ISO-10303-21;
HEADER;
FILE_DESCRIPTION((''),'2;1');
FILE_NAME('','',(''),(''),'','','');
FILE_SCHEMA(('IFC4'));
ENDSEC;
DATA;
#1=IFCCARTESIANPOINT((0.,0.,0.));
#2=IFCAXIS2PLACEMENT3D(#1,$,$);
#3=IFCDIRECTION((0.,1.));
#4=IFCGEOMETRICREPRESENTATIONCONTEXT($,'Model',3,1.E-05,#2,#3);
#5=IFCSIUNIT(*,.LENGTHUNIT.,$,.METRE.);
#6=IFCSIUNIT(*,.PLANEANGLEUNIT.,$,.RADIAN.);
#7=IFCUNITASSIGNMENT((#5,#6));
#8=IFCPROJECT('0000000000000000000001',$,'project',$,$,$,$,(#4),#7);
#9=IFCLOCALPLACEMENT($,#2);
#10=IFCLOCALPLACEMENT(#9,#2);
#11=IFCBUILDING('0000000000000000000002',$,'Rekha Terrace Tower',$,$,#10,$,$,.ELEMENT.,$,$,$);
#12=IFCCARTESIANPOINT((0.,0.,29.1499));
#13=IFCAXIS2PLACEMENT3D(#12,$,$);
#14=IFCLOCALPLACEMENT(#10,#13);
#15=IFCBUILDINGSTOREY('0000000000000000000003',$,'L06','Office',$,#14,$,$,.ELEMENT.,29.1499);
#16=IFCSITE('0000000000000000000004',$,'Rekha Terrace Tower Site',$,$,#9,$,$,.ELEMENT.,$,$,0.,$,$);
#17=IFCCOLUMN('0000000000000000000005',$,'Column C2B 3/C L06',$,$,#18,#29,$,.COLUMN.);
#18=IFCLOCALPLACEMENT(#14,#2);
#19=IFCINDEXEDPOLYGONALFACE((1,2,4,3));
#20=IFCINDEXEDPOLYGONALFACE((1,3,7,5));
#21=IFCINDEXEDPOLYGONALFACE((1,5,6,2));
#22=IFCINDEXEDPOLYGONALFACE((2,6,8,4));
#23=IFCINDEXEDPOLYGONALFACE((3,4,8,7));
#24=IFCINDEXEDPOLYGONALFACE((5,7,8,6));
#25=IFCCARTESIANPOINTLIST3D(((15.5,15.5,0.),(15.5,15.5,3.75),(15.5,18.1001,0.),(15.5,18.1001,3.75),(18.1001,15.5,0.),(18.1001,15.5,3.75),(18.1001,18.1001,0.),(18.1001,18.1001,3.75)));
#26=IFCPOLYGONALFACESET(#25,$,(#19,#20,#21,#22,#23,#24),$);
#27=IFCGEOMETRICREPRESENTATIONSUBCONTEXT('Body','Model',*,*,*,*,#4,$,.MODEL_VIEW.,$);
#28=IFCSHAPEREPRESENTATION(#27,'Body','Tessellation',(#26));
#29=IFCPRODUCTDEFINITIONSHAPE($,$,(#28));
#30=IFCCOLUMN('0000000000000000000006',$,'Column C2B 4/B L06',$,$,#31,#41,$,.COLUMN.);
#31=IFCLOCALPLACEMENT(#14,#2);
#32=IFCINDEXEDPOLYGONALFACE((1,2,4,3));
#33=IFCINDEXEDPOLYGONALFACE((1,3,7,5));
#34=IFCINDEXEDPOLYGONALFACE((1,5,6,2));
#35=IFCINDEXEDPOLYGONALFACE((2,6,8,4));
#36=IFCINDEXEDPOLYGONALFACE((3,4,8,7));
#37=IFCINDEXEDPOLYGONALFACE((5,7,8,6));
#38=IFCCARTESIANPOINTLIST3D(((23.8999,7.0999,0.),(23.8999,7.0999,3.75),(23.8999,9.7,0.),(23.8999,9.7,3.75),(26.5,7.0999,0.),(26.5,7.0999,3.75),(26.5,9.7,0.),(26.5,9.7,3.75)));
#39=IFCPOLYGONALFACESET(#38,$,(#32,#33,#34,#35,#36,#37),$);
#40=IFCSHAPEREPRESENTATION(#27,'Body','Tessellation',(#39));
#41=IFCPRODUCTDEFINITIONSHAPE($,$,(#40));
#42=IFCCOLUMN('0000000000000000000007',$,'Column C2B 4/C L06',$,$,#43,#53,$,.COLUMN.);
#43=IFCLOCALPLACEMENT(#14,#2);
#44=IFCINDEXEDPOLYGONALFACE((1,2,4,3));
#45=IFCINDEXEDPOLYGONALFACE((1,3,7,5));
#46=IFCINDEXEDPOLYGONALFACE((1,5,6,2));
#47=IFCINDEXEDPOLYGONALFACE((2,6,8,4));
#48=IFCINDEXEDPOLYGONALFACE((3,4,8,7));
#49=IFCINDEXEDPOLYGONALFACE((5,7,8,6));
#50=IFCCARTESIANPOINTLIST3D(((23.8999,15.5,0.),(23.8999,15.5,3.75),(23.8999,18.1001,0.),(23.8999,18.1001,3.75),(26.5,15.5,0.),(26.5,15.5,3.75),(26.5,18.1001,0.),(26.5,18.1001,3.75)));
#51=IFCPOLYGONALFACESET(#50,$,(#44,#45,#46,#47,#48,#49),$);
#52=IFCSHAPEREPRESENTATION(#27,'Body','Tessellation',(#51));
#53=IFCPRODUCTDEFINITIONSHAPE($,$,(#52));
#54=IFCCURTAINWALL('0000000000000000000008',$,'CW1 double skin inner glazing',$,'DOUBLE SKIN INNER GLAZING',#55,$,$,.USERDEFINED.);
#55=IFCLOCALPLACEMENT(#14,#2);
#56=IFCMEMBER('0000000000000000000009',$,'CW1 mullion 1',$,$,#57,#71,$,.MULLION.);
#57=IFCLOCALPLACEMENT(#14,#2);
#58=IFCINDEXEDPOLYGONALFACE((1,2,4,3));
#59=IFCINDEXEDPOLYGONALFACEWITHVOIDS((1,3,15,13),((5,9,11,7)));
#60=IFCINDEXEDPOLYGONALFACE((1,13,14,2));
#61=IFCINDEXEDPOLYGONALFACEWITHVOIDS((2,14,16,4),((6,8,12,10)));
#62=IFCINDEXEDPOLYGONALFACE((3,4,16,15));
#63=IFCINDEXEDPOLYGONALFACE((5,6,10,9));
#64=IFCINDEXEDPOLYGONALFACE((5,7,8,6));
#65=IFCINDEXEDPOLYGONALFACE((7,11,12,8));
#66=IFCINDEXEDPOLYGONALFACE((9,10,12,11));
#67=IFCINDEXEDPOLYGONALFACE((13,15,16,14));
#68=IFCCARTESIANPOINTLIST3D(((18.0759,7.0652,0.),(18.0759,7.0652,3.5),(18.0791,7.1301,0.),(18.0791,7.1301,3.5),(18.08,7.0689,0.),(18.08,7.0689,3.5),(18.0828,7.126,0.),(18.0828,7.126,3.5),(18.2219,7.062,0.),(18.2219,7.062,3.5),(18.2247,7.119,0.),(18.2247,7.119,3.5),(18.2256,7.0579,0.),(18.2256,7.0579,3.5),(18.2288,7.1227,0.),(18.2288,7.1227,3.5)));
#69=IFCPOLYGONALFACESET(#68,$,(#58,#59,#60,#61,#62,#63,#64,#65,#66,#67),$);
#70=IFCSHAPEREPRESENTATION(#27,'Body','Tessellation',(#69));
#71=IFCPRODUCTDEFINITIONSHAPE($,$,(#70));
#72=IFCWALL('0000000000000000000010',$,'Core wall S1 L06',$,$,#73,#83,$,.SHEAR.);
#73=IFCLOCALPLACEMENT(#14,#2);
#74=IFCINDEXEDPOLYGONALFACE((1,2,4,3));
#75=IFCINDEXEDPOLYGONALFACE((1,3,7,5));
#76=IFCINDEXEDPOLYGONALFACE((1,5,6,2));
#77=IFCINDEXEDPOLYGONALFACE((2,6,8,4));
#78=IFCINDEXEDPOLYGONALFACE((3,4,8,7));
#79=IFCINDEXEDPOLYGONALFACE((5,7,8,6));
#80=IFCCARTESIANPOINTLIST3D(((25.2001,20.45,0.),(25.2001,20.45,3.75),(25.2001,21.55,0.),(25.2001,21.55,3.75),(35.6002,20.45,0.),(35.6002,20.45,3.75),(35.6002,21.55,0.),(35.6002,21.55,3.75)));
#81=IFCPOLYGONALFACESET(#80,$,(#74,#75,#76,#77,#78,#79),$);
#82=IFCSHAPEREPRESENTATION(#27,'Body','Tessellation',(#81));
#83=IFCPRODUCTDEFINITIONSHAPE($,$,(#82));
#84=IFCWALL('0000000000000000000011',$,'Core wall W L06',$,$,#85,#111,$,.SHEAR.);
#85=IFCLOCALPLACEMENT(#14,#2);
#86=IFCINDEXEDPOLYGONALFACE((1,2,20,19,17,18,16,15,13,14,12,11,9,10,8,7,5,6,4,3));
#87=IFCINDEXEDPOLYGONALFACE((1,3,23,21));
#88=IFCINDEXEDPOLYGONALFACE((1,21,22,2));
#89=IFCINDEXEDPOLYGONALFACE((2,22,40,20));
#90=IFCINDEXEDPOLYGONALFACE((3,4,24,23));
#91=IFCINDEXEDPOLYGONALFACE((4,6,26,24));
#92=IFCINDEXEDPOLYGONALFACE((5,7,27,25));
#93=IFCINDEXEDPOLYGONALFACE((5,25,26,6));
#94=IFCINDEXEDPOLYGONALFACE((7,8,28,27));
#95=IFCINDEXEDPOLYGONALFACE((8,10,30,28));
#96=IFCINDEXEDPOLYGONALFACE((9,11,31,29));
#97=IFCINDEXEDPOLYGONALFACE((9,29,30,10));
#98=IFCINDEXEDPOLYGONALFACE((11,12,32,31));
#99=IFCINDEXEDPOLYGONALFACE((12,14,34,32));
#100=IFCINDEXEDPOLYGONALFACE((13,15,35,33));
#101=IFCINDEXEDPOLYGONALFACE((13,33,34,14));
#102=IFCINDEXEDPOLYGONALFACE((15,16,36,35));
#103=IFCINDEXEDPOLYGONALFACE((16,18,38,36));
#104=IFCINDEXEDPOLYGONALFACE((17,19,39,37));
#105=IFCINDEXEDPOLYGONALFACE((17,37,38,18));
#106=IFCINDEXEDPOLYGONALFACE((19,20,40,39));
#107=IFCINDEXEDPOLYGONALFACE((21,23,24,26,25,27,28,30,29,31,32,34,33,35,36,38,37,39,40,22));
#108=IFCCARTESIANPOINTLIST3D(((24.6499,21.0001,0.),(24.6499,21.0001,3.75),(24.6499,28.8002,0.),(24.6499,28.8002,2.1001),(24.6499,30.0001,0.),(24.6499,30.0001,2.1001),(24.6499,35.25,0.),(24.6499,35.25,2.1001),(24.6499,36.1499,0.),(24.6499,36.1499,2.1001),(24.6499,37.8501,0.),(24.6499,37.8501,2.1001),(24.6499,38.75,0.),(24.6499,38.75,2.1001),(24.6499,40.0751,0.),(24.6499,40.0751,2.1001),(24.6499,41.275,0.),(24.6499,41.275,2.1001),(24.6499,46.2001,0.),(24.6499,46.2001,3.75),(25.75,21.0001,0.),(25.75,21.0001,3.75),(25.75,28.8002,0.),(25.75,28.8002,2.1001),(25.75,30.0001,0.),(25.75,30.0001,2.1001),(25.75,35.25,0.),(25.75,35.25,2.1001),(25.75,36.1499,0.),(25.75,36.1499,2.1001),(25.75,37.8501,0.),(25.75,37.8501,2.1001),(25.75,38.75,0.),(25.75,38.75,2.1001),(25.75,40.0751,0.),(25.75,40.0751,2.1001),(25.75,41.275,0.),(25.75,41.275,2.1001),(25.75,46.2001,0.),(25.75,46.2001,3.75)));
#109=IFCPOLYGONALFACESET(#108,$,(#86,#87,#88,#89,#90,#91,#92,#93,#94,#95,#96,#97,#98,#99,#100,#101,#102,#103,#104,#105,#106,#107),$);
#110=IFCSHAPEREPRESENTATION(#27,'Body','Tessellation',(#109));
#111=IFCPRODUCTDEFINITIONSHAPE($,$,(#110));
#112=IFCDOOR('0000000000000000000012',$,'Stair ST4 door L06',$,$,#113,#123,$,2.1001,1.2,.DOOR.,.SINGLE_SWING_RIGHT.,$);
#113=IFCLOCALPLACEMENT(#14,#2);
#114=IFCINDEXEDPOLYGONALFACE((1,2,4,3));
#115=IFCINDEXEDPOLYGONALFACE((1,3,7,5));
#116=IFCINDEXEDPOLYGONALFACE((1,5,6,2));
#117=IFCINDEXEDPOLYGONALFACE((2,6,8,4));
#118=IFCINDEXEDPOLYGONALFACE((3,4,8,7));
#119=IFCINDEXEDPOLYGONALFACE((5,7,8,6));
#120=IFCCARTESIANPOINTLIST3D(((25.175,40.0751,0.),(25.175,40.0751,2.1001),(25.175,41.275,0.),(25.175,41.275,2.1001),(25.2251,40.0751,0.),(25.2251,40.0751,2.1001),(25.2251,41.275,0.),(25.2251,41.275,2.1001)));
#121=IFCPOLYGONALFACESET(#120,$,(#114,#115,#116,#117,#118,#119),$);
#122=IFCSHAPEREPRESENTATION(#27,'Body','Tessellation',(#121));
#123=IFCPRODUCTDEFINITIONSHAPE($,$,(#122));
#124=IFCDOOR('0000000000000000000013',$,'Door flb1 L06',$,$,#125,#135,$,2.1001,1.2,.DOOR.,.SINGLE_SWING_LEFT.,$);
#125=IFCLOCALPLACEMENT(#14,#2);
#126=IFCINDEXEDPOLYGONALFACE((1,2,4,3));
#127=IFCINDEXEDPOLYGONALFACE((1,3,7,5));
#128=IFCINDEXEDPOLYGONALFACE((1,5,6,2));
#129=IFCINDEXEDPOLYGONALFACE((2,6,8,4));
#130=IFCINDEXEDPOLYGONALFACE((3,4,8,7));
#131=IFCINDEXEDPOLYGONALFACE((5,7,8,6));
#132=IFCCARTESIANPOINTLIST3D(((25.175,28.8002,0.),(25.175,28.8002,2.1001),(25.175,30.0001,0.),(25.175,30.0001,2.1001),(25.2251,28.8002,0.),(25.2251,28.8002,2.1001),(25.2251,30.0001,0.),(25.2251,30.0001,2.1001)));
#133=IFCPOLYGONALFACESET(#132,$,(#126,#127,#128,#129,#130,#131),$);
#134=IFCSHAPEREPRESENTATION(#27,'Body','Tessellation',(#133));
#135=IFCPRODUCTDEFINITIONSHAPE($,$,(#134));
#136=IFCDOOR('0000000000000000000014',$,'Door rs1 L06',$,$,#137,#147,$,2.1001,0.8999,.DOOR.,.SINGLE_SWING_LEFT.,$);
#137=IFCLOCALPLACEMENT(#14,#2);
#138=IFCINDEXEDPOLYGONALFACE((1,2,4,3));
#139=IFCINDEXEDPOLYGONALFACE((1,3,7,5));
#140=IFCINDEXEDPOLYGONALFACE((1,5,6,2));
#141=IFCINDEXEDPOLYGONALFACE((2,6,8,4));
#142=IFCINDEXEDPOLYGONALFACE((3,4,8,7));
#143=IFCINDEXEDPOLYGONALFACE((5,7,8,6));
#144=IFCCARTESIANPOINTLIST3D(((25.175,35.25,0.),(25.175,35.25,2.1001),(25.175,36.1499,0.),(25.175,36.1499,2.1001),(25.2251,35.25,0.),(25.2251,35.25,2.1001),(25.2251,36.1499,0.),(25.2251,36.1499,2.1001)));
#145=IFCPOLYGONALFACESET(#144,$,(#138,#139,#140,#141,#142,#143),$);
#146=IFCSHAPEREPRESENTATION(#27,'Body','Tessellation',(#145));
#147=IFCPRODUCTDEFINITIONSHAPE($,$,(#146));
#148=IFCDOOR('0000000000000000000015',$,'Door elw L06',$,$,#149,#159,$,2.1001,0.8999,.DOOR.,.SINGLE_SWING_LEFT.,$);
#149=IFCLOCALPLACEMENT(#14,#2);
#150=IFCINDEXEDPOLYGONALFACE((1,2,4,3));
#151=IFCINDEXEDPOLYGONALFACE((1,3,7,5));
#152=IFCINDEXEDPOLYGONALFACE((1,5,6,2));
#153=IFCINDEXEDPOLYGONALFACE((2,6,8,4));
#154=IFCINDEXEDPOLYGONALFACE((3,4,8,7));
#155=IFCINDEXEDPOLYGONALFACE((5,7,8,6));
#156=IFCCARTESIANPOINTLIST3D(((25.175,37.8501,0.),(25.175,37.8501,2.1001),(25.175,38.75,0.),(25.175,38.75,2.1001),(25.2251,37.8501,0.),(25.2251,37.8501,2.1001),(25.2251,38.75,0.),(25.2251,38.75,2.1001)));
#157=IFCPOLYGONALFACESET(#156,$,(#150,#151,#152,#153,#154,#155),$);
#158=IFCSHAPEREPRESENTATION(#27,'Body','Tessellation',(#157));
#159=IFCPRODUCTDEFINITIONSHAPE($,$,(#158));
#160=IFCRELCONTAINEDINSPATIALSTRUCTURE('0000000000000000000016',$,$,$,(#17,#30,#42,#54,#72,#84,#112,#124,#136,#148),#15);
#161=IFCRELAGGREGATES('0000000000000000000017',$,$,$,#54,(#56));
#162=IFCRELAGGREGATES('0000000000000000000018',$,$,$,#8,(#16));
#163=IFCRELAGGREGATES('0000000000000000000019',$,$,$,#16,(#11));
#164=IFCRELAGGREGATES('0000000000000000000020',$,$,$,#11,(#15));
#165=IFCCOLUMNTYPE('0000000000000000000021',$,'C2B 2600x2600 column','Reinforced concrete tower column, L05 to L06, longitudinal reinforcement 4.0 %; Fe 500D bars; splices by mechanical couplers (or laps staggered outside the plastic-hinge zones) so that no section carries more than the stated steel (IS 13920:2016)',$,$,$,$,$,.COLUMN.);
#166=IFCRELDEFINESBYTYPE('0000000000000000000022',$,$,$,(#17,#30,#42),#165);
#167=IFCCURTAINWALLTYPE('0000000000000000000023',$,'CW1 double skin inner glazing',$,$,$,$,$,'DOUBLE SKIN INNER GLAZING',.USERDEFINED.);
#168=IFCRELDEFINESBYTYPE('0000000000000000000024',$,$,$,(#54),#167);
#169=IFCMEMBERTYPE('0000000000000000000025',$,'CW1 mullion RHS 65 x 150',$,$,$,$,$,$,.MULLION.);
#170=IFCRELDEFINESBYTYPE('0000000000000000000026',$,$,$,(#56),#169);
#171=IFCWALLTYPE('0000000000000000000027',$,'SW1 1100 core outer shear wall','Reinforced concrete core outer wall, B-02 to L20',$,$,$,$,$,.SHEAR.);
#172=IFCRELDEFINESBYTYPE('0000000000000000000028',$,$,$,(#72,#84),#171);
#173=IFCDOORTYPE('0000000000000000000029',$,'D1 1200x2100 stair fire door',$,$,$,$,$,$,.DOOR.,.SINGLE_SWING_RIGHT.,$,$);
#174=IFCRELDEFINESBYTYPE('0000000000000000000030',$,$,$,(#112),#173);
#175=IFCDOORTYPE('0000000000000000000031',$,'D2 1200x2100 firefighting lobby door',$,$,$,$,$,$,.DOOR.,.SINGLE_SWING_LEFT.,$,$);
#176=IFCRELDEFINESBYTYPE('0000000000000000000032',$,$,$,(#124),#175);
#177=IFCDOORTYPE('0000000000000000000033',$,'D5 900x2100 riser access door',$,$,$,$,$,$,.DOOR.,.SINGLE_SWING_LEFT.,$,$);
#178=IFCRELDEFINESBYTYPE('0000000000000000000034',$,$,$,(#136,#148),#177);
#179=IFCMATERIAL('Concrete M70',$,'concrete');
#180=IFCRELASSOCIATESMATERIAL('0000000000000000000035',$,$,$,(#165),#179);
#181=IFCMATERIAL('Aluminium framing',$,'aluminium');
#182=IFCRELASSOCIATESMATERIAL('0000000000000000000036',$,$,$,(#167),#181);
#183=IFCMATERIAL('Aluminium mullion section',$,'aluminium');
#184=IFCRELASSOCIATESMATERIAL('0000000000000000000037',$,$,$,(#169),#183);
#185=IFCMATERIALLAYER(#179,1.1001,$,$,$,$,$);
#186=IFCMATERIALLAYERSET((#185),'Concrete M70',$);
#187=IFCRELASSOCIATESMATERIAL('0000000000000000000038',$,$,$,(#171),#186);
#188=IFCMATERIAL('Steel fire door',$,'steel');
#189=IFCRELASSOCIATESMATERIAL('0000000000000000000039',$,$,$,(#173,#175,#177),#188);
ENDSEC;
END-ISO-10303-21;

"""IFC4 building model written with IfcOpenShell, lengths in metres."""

from ifc_helpers import new_model, si_unit, direction, frame, frame_2d, origin, origin_2d, place, context, subcontext, project, spatial, rectangle, hollow_rectangle, extrude, material, layer, layer_set, material_profile, profile_set, type_object, element, fill, aggregate, save


model = new_model("IFC4")

# Units and contexts
model_context = context("Model", 3, precision=1e-05, world=origin(), true_north=direction((0.0, 1.0)))
body_context = subcontext(model_context, "Body", "Model", "MODEL_VIEW")
ifc_project = project(units=[si_unit("LENGTHUNIT", "METRE"), si_unit("PLANEANGLEUNIT", "RADIAN")], contexts=[model_context])

# Site, building, storey
site_placement = place(None, origin())
site = spatial("IfcSite", under=ifc_project, at=site_placement, Name="Rekha Terrace Tower Site", CompositionType="ELEMENT", RefElevation=0.0)
building_placement = place(site_placement, origin())
building = spatial("IfcBuilding", under=site, at=building_placement, Name="Rekha Terrace Tower", CompositionType="ELEMENT")
storey_placement = place(building_placement, frame((0.0, 0.0, 29.1499)))
storey = spatial("IfcBuildingStorey", under=building, at=storey_placement, Name="L06", Description="Office", CompositionType="ELEMENT", Elevation=29.1499)

# Columns
ifc_material_1 = material(Name="Concrete M70", Category="concrete")
ifc_material_profile_1 = material_profile(ifc_material_1, rectangle(XDim=2.6001, YDim=2.6001, at=origin_2d()), Name="RC 2600x2600")
ifc_profile_set_1 = profile_set([ifc_material_profile_1], Name="Concrete M70")
column_type = type_object("IfcColumnType", Name="C2B 2600x2600 column", Description="Reinforced concrete tower column, L05 to L06, longitudinal reinforcement 4.0 %; Fe 500D bars; splices by mechanical couplers (or laps staggered outside the plastic-hinge zones) so that no section carries more than the stated steel (IS 13920:2016)", PredefinedType="COLUMN", material=ifc_profile_set_1)
for number, where, z_axis, x_axis, name in (
    (1, (16.8, 16.8, 0.0), (0.0, 0.0, 1.0), (1.0, 0.0, 0.0), "Column C2B 3/C L06"),
    (2, (25.2, 8.3999, 0.0), (0.0, 0.0, 1.0), (1.0, 0.0, 0.0), "Column C2B 4/B L06"),
    (3, (25.2, 16.8, 0.0), (0.0, 0.0, 1.0), (1.0, 0.0, 0.0), "Column C2B 4/C L06"),
):
    element("IfcColumn", number, at=place(storey_placement, frame(where, z_axis=z_axis, x_axis=x_axis)), inside=storey, type_object=column_type, Name=name, PredefinedType="COLUMN", context=body_context, shape_type="SweptSolid", body=[
        extrude(rectangle(XDim=2.6001, YDim=2.6001, at=origin_2d()), origin(), (0.0, 0.0, 1.0), 3.75),
    ])

# Curtain wall, member
ifc_material_2 = material(Name="Aluminium framing", Category="aluminium")
curtain_wall_type = type_object("IfcCurtainWallType", Name="CW1 double skin inner glazing", ElementType="DOUBLE SKIN INNER GLAZING", PredefinedType="USERDEFINED", material=ifc_material_2)
curtain_wall_placement = place(storey_placement, origin())
curtain_wall = element("IfcCurtainWall", 4, at=curtain_wall_placement, inside=storey, type_object=curtain_wall_type, Name="CW1 double skin inner glazing", ObjectType="DOUBLE SKIN INNER GLAZING", PredefinedType="USERDEFINED")
ifc_material_3 = material(Name="Aluminium mullion section", Category="aluminium")
ifc_material_profile_2 = material_profile(ifc_material_3, hollow_rectangle(XDim=0.0649, YDim=0.1499, WallThickness=0.0039, at=origin_2d()), Name="AL RHS 65x150")
ifc_profile_set_2 = profile_set([ifc_material_profile_2], Name="Aluminium mullion section")
member_type = type_object("IfcMemberType", Name="CW1 mullion RHS 65 x 150", PredefinedType="MULLION", material=ifc_profile_set_2)
member_placement = place(storey_placement, frame((18.1523, 7.094, 0.0), z_axis=(0.0, 0.0, 1.0), x_axis=(0.049052, 0.998796, 0.0)))
member = element("IfcMember", 5, at=member_placement, type_object=member_type, Name="CW1 mullion 1", PredefinedType="MULLION", context=body_context, shape_type="SweptSolid", body=[
    extrude(hollow_rectangle(XDim=0.0649, YDim=0.1499, WallThickness=0.0039, at=origin_2d()), origin(), (0.0, 0.0, 1.0), 3.5),
])
aggregate(curtain_wall, [member])

# Wall
ifc_layer_1 = layer(ifc_material_1, 1.1001)
ifc_layer_set_1 = layer_set([ifc_layer_1], Name="Concrete M70")
wall_type_1 = type_object("IfcWallType", Name="SW1 1100 core outer shear wall", Description="Reinforced concrete core outer wall, B-02 to L20", PredefinedType="SHEAR", material=ifc_layer_set_1)
wall_1_placement = place(storey_placement, frame((25.2, 21.0, 0.0), z_axis=(0.0, 0.0, 1.0), x_axis=(1.0, 0.0, 0.0)))
element("IfcWall", 6, at=wall_1_placement, inside=storey, type_object=wall_type_1, Name="Core wall S1 L06", PredefinedType="SHEAR", context=body_context, shape_type="SweptSolid", body=[
    extrude(rectangle(XDim=10.4001, YDim=1.1001, at=frame_2d((5.2002, 0.0))), origin(), (0.0, 0.0, 1.0), 3.75),
])

# Wall, openings, doors
wall_2_placement = place(storey_placement, frame((25.2, 21.0, 0.0), z_axis=(0.0, 0.0, 1.0), x_axis=(0.0, 1.0, 0.0)))
wall_2 = element("IfcWall", 7, at=wall_2_placement, inside=storey, type_object=wall_type_1, Name="Core wall W L06", PredefinedType="SHEAR", context=body_context, shape_type="SweptSolid", body=[
    extrude(rectangle(XDim=25.2, YDim=1.1001, at=frame_2d((12.6001, 0.0))), origin(), (0.0, 0.0, 1.0), 3.75),
])
opening_1_placement = place(wall_2_placement, frame((7.8, 0.0, 0.0)))
opening_1 = element("IfcOpeningElement", 8, at=opening_1_placement, cuts=wall_2, PredefinedType="OPENING", context=body_context, shape_type="SweptSolid", body=[
    extrude(rectangle(XDim=1.2, YDim=2.1001, at=frame_2d((0.6001, 1.05))), frame((0.0, 0.5601, 0.0), z_axis=(0.0, -1.0, 0.0), x_axis=(1.0, 0.0, 0.0)), (0.0, 0.0, 1.0), 1.1201),
])
opening_2_placement = place(wall_2_placement, frame((14.25, 0.0, 0.0)))
opening_2 = element("IfcOpeningElement", 9, at=opening_2_placement, cuts=wall_2, PredefinedType="OPENING", context=body_context, shape_type="SweptSolid", body=[
    extrude(rectangle(XDim=0.8999, YDim=2.1001, at=frame_2d((0.45, 1.05))), frame((0.0, 0.5601, 0.0), z_axis=(0.0, -1.0, 0.0), x_axis=(1.0, 0.0, 0.0)), (0.0, 0.0, 1.0), 1.1201),
])
opening_3_placement = place(wall_2_placement, frame((16.8501, 0.0, 0.0)))
opening_3 = element("IfcOpeningElement", 10, at=opening_3_placement, cuts=wall_2, PredefinedType="OPENING", context=body_context, shape_type="SweptSolid", body=[
    extrude(rectangle(XDim=0.8999, YDim=2.1001, at=frame_2d((0.45, 1.05))), frame((0.0, 0.5601, 0.0), z_axis=(0.0, -1.0, 0.0), x_axis=(1.0, 0.0, 0.0)), (0.0, 0.0, 1.0), 1.1201),
])
opening_4_placement = place(wall_2_placement, frame((19.075, 0.0, 0.0)))
opening_4 = element("IfcOpeningElement", 11, at=opening_4_placement, cuts=wall_2, PredefinedType="OPENING", context=body_context, shape_type="SweptSolid", body=[
    extrude(rectangle(XDim=1.2, YDim=2.1001, at=frame_2d((0.6001, 1.05))), frame((0.0, 0.5601, 0.0), z_axis=(0.0, -1.0, 0.0), x_axis=(1.0, 0.0, 0.0)), (0.0, 0.0, 1.0), 1.1201),
])
ifc_material_4 = material(Name="Steel fire door", Category="steel")
door_type_1 = type_object("IfcDoorType", Name="D1 1200x2100 stair fire door", OperationType="SINGLE_SWING_RIGHT", PredefinedType="DOOR", material=ifc_material_4)
door_1_placement = place(opening_4_placement, origin())
door_1 = element("IfcDoor", 12, at=door_1_placement, inside=storey, type_object=door_type_1, Name="Stair ST4 door L06", OperationType="SINGLE_SWING_RIGHT", OverallHeight=2.1001, OverallWidth=1.2, PredefinedType="DOOR", context=body_context, shape_type="SweptSolid", body=[
    extrude(rectangle(XDim=1.2, YDim=2.1001, at=frame_2d((0.6001, 1.05))), frame((0.0, 0.0249, 0.0), z_axis=(0.0, -1.0, 0.0), x_axis=(1.0, 0.0, 0.0)), (0.0, 0.0, 1.0), 0.05),
])
fill(opening_4, door_1)
door_type_2 = type_object("IfcDoorType", Name="D2 1200x2100 firefighting lobby door", OperationType="SINGLE_SWING_LEFT", PredefinedType="DOOR", material=ifc_material_4)
door_2_placement = place(opening_1_placement, origin())
door_2 = element("IfcDoor", 13, at=door_2_placement, inside=storey, type_object=door_type_2, Name="Door flb1 L06", OperationType="SINGLE_SWING_LEFT", OverallHeight=2.1001, OverallWidth=1.2, PredefinedType="DOOR", context=body_context, shape_type="SweptSolid", body=[
    extrude(rectangle(XDim=1.2, YDim=2.1001, at=frame_2d((0.6001, 1.05))), frame((0.0, 0.0249, 0.0), z_axis=(0.0, -1.0, 0.0), x_axis=(1.0, 0.0, 0.0)), (0.0, 0.0, 1.0), 0.05),
])
fill(opening_1, door_2)
door_type_3 = type_object("IfcDoorType", Name="D5 900x2100 riser access door", OperationType="SINGLE_SWING_LEFT", PredefinedType="DOOR", material=ifc_material_4)
door_3_placement = place(opening_2_placement, origin())
door_3 = element("IfcDoor", 14, at=door_3_placement, inside=storey, type_object=door_type_3, Name="Door rs1 L06", OperationType="SINGLE_SWING_LEFT", OverallHeight=2.1001, OverallWidth=0.8999, PredefinedType="DOOR", context=body_context, shape_type="SweptSolid", body=[
    extrude(rectangle(XDim=0.8999, YDim=2.1001, at=frame_2d((0.45, 1.05))), frame((0.0, 0.0249, 0.0), z_axis=(0.0, -1.0, 0.0), x_axis=(1.0, 0.0, 0.0)), (0.0, 0.0, 1.0), 0.05),
])
fill(opening_2, door_3)
door_4_placement = place(opening_3_placement, origin())
door_4 = element("IfcDoor", 15, at=door_4_placement, inside=storey, type_object=door_type_3, Name="Door elw L06", OperationType="SINGLE_SWING_LEFT", OverallHeight=2.1001, OverallWidth=0.8999, PredefinedType="DOOR", context=body_context, shape_type="SweptSolid", body=[
    extrude(rectangle(XDim=0.8999, YDim=2.1001, at=frame_2d((0.45, 1.05))), frame((0.0, 0.0249, 0.0), z_axis=(0.0, -1.0, 0.0), x_axis=(1.0, 0.0, 0.0)), (0.0, 0.0, 1.0), 0.05),
])
fill(opening_3, door_4)

save(model, "model.ifc")
